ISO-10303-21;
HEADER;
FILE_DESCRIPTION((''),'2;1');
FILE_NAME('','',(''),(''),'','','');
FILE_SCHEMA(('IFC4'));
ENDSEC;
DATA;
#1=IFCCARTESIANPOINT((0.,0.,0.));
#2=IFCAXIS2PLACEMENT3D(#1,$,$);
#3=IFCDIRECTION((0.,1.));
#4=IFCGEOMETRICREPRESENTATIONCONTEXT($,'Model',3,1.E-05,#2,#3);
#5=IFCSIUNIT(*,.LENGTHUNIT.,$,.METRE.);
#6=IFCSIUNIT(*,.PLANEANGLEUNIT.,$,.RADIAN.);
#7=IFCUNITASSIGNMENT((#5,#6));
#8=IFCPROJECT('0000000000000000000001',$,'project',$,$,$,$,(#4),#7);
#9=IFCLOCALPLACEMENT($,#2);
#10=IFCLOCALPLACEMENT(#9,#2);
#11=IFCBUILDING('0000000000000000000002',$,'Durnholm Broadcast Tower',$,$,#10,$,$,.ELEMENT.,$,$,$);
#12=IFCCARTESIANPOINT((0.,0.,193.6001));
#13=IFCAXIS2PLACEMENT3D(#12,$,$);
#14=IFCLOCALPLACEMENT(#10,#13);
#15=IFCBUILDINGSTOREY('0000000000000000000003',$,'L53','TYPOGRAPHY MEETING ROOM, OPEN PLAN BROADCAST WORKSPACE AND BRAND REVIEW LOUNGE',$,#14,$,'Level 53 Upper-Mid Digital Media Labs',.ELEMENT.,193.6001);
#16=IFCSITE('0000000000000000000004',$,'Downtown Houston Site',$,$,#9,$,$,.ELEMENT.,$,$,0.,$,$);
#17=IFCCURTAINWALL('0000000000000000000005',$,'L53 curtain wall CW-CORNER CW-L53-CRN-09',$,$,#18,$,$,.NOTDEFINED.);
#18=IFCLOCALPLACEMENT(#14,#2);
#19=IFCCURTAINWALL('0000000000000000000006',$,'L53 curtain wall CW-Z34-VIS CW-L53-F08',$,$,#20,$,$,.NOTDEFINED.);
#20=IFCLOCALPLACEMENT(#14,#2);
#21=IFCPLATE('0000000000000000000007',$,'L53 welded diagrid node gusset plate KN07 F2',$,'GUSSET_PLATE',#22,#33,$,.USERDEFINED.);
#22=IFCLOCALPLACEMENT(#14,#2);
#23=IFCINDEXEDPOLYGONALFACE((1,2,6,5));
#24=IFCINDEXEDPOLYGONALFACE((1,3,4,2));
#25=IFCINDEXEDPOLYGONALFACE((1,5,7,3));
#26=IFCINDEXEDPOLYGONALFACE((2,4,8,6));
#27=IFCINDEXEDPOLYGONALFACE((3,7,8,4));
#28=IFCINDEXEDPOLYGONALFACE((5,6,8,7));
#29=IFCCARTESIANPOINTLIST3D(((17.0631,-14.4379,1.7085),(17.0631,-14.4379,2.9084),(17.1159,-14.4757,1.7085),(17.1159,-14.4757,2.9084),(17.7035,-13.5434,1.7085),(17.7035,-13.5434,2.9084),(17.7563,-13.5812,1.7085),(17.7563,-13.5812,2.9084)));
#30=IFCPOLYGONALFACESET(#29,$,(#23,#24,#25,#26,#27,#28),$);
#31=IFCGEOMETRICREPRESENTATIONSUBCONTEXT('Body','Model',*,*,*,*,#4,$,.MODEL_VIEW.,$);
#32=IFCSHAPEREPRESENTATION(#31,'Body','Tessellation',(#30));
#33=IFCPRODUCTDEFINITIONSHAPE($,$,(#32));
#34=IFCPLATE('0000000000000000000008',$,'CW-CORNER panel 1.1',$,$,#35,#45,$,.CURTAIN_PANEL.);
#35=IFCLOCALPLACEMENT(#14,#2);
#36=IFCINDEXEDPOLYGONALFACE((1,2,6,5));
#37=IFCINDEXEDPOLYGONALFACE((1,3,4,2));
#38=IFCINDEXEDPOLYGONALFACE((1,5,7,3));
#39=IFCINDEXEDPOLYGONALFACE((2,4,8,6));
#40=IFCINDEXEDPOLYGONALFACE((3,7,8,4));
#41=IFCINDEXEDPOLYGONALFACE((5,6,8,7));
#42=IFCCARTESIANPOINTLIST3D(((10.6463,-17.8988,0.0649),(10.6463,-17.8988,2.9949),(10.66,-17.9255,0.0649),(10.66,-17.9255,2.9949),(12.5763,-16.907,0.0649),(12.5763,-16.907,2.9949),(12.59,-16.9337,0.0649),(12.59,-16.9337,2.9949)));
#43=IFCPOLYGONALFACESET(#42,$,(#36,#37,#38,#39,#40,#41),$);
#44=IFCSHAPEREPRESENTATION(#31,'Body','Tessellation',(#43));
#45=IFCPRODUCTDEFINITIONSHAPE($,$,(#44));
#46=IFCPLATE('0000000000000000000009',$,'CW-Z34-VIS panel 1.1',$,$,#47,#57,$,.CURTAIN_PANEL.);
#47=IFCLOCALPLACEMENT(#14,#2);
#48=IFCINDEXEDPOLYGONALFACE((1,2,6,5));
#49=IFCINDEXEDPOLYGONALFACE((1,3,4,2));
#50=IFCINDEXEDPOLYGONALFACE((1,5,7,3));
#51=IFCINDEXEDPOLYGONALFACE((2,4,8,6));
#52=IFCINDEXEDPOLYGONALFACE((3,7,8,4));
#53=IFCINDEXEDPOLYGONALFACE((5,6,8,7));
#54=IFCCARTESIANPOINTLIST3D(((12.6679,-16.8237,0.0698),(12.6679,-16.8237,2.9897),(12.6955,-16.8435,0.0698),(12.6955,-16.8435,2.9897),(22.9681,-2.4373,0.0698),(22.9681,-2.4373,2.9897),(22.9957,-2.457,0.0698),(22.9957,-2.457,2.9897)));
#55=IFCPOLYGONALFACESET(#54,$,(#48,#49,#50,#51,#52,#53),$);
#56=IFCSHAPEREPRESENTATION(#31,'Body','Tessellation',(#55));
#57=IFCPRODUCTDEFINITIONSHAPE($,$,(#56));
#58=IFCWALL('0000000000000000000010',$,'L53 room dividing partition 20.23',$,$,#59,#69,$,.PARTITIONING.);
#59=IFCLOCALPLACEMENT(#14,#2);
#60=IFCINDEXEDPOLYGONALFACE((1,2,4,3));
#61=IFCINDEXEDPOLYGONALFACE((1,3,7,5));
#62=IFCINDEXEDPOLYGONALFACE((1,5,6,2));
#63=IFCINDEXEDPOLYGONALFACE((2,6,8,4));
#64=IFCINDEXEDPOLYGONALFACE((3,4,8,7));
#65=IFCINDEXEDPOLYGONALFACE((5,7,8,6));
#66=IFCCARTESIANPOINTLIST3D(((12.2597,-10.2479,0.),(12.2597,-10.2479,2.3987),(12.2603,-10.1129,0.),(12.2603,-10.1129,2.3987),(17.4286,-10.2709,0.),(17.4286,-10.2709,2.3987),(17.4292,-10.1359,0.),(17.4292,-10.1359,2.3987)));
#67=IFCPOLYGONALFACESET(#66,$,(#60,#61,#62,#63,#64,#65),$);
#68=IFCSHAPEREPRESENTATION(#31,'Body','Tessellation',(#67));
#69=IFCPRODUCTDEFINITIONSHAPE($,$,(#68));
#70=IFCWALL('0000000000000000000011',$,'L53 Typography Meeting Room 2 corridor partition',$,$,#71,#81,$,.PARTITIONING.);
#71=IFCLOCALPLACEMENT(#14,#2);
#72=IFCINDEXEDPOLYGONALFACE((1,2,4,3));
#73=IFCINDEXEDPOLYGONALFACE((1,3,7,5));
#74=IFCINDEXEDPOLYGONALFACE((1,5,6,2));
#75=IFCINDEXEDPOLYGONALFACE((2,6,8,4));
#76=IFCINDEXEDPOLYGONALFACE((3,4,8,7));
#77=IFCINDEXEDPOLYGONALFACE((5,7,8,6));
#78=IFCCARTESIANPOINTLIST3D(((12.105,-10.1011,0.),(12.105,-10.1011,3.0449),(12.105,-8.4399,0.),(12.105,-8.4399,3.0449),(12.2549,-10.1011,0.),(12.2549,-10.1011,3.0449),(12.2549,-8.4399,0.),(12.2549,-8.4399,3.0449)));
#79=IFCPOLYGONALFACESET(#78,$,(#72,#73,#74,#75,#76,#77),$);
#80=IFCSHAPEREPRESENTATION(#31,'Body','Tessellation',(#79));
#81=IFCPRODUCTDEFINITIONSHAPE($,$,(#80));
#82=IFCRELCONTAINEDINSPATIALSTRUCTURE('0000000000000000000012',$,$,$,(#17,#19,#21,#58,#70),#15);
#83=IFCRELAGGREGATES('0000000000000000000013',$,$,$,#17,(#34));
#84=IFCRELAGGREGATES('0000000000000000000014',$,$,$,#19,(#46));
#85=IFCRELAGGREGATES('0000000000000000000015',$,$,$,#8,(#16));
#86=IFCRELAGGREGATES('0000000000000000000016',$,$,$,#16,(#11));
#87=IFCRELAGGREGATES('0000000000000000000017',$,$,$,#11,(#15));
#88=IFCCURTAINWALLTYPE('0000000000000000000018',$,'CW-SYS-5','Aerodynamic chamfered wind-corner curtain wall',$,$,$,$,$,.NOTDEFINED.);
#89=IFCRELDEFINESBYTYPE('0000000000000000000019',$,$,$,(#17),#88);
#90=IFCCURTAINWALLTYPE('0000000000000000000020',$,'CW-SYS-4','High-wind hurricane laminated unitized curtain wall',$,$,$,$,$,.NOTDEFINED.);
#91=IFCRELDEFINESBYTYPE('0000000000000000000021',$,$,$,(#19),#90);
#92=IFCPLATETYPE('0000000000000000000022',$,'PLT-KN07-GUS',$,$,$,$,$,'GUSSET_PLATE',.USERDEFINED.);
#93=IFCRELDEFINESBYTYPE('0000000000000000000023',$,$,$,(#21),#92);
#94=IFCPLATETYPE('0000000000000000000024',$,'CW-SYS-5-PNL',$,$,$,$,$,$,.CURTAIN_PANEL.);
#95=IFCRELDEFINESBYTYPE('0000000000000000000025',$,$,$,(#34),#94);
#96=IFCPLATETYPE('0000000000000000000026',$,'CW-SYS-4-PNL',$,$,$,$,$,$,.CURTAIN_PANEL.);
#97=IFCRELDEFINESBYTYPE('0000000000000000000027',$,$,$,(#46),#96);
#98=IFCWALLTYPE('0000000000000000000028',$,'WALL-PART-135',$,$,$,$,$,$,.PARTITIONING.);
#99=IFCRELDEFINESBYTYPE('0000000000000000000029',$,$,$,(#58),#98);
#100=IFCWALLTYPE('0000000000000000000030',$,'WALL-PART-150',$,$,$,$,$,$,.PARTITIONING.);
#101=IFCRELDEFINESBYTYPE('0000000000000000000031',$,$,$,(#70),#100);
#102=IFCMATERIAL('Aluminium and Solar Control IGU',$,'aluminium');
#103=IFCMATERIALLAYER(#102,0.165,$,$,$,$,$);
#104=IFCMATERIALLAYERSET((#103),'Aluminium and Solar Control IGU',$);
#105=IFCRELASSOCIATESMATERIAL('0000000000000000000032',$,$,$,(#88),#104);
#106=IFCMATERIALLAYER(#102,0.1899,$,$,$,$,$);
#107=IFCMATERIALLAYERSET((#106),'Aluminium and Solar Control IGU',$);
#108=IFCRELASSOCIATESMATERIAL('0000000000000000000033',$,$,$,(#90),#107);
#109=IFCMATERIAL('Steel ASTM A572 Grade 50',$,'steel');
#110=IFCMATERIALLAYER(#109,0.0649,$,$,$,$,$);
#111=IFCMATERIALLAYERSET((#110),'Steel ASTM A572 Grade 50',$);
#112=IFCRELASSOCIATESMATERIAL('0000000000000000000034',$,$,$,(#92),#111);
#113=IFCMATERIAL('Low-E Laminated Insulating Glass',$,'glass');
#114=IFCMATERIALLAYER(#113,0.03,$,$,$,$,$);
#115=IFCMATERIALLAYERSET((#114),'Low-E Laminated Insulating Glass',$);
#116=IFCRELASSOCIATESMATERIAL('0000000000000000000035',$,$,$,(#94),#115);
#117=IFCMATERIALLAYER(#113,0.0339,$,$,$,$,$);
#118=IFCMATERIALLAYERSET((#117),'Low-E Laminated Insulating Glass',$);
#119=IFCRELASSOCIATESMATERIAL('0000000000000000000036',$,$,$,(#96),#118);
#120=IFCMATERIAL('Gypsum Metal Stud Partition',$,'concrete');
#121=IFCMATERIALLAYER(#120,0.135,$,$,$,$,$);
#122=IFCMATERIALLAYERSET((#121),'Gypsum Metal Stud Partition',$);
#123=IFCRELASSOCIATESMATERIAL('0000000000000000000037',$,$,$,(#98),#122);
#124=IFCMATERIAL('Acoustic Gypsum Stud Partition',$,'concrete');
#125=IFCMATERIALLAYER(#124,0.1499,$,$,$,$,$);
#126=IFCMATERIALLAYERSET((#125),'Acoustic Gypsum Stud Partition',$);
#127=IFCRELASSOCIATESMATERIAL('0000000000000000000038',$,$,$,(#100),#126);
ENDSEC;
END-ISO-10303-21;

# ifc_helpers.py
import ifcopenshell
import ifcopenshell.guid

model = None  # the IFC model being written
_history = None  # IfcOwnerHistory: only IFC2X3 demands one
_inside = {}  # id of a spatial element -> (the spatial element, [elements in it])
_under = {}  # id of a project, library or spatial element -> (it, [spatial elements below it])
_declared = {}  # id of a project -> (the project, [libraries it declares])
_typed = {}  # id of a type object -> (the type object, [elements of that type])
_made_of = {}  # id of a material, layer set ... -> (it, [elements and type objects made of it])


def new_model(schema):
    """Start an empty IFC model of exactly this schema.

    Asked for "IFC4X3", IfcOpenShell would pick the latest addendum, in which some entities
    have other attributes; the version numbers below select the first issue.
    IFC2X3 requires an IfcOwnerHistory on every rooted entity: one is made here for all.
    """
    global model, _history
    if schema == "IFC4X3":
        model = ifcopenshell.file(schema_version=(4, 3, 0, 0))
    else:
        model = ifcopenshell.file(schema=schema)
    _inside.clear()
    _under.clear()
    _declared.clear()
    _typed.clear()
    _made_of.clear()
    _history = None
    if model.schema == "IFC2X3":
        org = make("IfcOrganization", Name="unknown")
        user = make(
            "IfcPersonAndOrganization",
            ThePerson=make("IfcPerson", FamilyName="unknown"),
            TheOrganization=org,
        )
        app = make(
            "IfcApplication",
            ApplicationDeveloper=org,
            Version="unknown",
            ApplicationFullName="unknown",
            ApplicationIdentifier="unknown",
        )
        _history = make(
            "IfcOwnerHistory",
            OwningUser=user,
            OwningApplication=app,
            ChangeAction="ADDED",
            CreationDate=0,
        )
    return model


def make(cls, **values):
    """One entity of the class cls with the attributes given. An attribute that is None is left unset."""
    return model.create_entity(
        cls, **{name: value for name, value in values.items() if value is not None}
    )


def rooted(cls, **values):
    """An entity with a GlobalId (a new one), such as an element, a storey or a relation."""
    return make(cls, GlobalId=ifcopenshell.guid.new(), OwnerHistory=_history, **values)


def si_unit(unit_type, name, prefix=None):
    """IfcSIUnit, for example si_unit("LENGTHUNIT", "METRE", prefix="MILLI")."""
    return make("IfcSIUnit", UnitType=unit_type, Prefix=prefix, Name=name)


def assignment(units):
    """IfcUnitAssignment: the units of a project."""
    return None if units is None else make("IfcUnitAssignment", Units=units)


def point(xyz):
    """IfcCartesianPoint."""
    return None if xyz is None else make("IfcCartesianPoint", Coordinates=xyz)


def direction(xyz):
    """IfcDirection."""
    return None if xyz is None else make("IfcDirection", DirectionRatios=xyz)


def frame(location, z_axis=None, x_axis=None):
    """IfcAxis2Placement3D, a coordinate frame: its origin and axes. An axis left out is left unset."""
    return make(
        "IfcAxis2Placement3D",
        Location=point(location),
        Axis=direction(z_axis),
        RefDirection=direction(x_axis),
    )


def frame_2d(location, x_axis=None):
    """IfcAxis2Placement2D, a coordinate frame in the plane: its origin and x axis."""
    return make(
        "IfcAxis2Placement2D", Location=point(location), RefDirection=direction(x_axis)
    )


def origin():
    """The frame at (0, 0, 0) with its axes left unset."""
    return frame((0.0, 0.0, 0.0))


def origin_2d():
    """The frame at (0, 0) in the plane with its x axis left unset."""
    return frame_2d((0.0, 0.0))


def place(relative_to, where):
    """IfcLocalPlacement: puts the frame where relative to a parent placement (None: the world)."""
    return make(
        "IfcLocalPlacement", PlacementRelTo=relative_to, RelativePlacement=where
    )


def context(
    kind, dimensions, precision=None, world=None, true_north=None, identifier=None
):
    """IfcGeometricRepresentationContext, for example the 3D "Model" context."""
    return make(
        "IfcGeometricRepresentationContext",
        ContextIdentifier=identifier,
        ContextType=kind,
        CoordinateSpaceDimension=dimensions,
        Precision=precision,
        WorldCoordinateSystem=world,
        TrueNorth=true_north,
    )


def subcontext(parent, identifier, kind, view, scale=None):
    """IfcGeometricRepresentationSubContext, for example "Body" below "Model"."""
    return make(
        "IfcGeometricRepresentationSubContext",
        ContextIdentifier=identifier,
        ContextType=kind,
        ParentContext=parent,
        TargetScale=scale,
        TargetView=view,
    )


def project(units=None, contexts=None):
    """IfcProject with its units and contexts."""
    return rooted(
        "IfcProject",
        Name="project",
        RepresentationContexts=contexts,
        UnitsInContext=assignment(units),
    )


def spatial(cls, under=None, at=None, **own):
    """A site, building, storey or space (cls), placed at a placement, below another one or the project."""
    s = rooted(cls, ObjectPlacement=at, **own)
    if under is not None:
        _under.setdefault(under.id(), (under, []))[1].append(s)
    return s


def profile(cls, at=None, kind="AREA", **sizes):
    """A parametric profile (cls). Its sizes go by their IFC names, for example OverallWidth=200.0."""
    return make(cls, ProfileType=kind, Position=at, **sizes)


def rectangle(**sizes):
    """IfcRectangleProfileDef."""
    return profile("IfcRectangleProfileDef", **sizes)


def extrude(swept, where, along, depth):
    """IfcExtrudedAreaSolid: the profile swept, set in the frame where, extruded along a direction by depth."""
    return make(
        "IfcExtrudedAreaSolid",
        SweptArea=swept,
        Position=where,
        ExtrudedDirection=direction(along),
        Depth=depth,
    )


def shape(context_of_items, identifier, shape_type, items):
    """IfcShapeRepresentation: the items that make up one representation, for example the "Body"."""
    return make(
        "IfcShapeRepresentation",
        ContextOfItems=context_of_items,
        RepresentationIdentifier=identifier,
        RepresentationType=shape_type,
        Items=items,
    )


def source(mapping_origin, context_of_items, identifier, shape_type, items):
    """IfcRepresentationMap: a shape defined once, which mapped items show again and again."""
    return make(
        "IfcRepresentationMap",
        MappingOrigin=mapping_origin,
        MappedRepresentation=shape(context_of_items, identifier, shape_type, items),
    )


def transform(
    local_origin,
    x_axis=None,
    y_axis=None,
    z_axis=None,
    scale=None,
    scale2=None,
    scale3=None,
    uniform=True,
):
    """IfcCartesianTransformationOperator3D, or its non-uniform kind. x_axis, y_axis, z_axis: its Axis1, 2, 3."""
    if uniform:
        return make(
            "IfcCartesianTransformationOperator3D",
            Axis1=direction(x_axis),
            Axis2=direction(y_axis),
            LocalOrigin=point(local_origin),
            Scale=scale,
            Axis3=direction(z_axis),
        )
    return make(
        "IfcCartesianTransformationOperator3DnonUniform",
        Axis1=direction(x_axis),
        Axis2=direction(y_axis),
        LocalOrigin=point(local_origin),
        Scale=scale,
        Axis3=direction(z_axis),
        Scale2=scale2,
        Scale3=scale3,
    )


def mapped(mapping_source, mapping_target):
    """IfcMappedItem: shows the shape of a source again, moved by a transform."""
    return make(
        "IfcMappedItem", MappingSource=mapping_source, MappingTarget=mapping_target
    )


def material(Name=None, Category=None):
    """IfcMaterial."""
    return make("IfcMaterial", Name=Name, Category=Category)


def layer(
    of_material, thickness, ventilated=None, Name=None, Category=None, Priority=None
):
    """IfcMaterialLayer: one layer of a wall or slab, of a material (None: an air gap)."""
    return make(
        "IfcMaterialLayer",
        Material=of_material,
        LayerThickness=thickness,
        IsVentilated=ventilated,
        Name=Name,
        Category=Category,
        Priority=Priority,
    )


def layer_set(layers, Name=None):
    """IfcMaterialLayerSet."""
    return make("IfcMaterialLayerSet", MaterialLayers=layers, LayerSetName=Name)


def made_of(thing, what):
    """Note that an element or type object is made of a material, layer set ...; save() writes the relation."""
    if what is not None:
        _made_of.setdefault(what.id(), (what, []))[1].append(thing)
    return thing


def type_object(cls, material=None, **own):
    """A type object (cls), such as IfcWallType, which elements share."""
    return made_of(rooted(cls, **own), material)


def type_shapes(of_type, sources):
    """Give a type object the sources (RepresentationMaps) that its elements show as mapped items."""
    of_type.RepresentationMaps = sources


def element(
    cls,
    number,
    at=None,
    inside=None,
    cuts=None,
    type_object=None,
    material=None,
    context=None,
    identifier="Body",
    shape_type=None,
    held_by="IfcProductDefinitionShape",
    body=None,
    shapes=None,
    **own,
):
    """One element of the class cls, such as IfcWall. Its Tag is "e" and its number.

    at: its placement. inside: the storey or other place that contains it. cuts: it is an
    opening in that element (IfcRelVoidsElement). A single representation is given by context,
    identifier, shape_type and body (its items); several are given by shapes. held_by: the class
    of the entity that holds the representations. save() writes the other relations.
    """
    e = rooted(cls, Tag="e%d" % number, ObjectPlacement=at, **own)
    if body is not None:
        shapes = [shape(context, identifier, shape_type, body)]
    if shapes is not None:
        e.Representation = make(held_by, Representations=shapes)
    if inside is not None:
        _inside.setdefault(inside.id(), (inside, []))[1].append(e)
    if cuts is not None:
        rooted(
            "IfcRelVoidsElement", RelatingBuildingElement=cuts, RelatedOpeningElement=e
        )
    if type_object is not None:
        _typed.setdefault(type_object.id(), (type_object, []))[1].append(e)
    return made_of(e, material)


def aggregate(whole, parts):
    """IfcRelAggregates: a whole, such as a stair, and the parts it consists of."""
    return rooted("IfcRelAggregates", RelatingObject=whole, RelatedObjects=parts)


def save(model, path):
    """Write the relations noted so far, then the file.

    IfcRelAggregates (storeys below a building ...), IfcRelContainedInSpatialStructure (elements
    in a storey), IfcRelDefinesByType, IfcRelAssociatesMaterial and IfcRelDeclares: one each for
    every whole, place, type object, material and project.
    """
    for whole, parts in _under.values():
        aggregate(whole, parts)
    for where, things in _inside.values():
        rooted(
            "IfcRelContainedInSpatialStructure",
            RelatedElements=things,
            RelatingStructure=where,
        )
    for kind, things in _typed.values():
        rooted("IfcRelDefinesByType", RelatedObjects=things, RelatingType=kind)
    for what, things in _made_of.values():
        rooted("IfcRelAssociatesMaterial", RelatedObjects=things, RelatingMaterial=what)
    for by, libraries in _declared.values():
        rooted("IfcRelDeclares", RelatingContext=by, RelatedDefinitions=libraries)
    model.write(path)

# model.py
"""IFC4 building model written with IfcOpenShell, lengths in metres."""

from ifc_helpers import new_model, si_unit, direction, frame, frame_2d, origin, origin_2d, place, context, subcontext, project, spatial, rectangle, extrude, source, transform, mapped, material, layer, layer_set, type_object, type_shapes, element, aggregate, save


model = new_model("IFC4")

# Units and contexts
model_context = context("Model", 3, precision=1e-05, world=origin(), true_north=direction((0.0, 1.0)))
body_context = subcontext(model_context, "Body", "Model", "MODEL_VIEW")
ifc_project = project(units=[si_unit("LENGTHUNIT", "METRE"), si_unit("PLANEANGLEUNIT", "RADIAN")], contexts=[model_context])

# Site, building, storey
site_placement = place(None, origin())
site = spatial("IfcSite", under=ifc_project, at=site_placement, Name="Downtown Houston Site", CompositionType="ELEMENT", RefElevation=0.0)
building_placement = place(site_placement, origin())
building = spatial("IfcBuilding", under=site, at=building_placement, Name="Durnholm Broadcast Tower", CompositionType="ELEMENT")
storey_placement = place(building_placement, frame((0.0, 0.0, 193.6001)))
storey = spatial("IfcBuildingStorey", under=building, at=storey_placement, Name="L53", Description="TYPOGRAPHY MEETING ROOM, OPEN PLAN BROADCAST WORKSPACE AND BRAND REVIEW LOUNGE", LongName="Level 53 Upper-Mid Digital Media Labs", CompositionType="ELEMENT", Elevation=193.6001)

# Curtain wall
ifc_material_1 = material(Name="Aluminium and Solar Control IGU", Category="aluminium")
ifc_layer_1 = layer(ifc_material_1, 0.165)
ifc_layer_set_1 = layer_set([ifc_layer_1], Name="Aluminium and Solar Control IGU")
curtain_wall_type_1 = type_object("IfcCurtainWallType", Name="CW-SYS-5", Description="Aerodynamic chamfered wind-corner curtain wall", PredefinedType="NOTDEFINED", material=ifc_layer_set_1)
curtain_wall_1_placement = place(storey_placement, origin())
curtain_wall_1 = element("IfcCurtainWall", 1, at=curtain_wall_1_placement, inside=storey, type_object=curtain_wall_type_1, Name="L53 curtain wall CW-CORNER CW-L53-CRN-09", PredefinedType="NOTDEFINED")

# Curtain wall
ifc_layer_2 = layer(ifc_material_1, 0.1899)
ifc_layer_set_2 = layer_set([ifc_layer_2], Name="Aluminium and Solar Control IGU")
curtain_wall_type_2 = type_object("IfcCurtainWallType", Name="CW-SYS-4", Description="High-wind hurricane laminated unitized curtain wall", PredefinedType="NOTDEFINED", material=ifc_layer_set_2)
curtain_wall_2_placement = place(storey_placement, origin())
curtain_wall_2 = element("IfcCurtainWall", 2, at=curtain_wall_2_placement, inside=storey, type_object=curtain_wall_type_2, Name="L53 curtain wall CW-Z34-VIS CW-L53-F08", PredefinedType="NOTDEFINED")

# Plate
ifc_material_2 = material(Name="Steel ASTM A572 Grade 50", Category="steel")
ifc_layer_3 = layer(ifc_material_2, 0.0649)
ifc_layer_set_3 = layer_set([ifc_layer_3], Name="Steel ASTM A572 Grade 50")
plate_type_1 = type_object("IfcPlateType", Name="PLT-KN07-GUS", ElementType="GUSSET_PLATE", PredefinedType="USERDEFINED", material=ifc_layer_set_3)
shared_shape_1 = source(origin(), body_context, "Body", "SweptSolid", [
    extrude(rectangle(XDim=1.1001, YDim=0.0649, at=origin_2d()), origin(), (0.0, 0.0, 1.0), 1.2),
])
type_shapes(plate_type_1, [shared_shape_1])
plate_1_placement = place(storey_placement, frame((17.4097, -14.0095, 1.7085), z_axis=(0.0, 0.0, 1.0), x_axis=(0.582123, 0.813101, 0.0)))
element("IfcPlate", 3, at=plate_1_placement, inside=storey, type_object=plate_type_1, Name="L53 welded diagrid node gusset plate KN07 F2", ObjectType="GUSSET_PLATE", PredefinedType="USERDEFINED", context=body_context, shape_type="MappedRepresentation", body=[
    mapped(shared_shape_1, transform((0.0, 0.0, 0.0), x_axis=(1.0, 0.0, 0.0), y_axis=(0.0, 1.0, 0.0), z_axis=(0.0, 0.0, 1.0), scale=1.0)),
])

# Plates
ifc_material_3 = material(Name="Low-E Laminated Insulating Glass", Category="glass")
ifc_layer_4 = layer(ifc_material_3, 0.03)
ifc_layer_set_4 = layer_set([ifc_layer_4], Name="Low-E Laminated Insulating Glass")
plate_type_2 = type_object("IfcPlateType", Name="CW-SYS-5-PNL", PredefinedType="CURTAIN_PANEL", material=ifc_layer_set_4)
shared_shape_2 = source(origin(), body_context, "Body", "SweptSolid", [
    extrude(rectangle(XDim=2.1699, YDim=0.03, at=origin_2d()), origin(), (0.0, 0.0, 1.0), 2.9299),
])
type_shapes(plate_type_2, [shared_shape_2])
plate_2_placement = place(storey_placement, frame((11.6182, -17.4163, 0.0649), z_axis=(0.0, 0.0, 1.0), x_axis=(-0.889425, -0.457082, 0.0)))
plate_2 = element("IfcPlate", 4, at=plate_2_placement, type_object=plate_type_2, Name="CW-CORNER panel 1.1", PredefinedType="CURTAIN_PANEL", context=body_context, shape_type="MappedRepresentation", body=[
    mapped(shared_shape_2, transform((0.0, 0.0, 0.0), x_axis=(1.0, 0.0, 0.0), y_axis=(0.0, 1.0, 0.0), z_axis=(0.0, 0.0, 1.0), scale=1.0)),
])
aggregate(curtain_wall_1, [plate_2])
ifc_layer_5 = layer(ifc_material_3, 0.0339)
ifc_layer_set_5 = layer_set([ifc_layer_5], Name="Low-E Laminated Insulating Glass")
plate_type_3 = type_object("IfcPlateType", Name="CW-SYS-4-PNL", PredefinedType="CURTAIN_PANEL", material=ifc_layer_set_5)
shared_shape_3 = source(origin(), body_context, "Body", "SweptSolid", [
    extrude(rectangle(XDim=17.6936, YDim=0.0339, at=origin_2d()), origin(), (0.0, 0.0, 1.0), 2.9199),
])
type_shapes(plate_type_3, [shared_shape_3])
plate_3_placement = place(storey_placement, frame((17.8318, -9.6404, 0.0698), z_axis=(0.0, 0.0, 1.0), x_axis=(-0.582139, -0.813089, 0.0)))
plate_3 = element("IfcPlate", 5, at=plate_3_placement, type_object=plate_type_3, Name="CW-Z34-VIS panel 1.1", PredefinedType="CURTAIN_PANEL", context=body_context, shape_type="MappedRepresentation", body=[
    mapped(shared_shape_3, transform((0.0, 0.0, 0.0), x_axis=(1.0, 0.0, 0.0), y_axis=(0.0, 1.0, 0.0), z_axis=(0.0, 0.0, 1.0), scale=1.0)),
])
aggregate(curtain_wall_2, [plate_3])

# Walls
ifc_material_4 = material(Name="Gypsum Metal Stud Partition", Category="concrete")
ifc_layer_6 = layer(ifc_material_4, 0.135)
ifc_layer_set_6 = layer_set([ifc_layer_6], Name="Gypsum Metal Stud Partition")
wall_type_1 = type_object("IfcWallType", Name="WALL-PART-135", PredefinedType="PARTITIONING", material=ifc_layer_set_6)
wall_1_placement = place(storey_placement, frame((12.26, -10.1804, 0.0), z_axis=(0.0, 0.0, 1.0), x_axis=(0.99999, -0.00444, 0.0)))
element("IfcWall", 6, at=wall_1_placement, inside=storey, type_object=wall_type_1, Name="L53 room dividing partition 20.23", PredefinedType="PARTITIONING", context=body_context, shape_type="SweptSolid", body=[
    extrude(rectangle(XDim=5.1689, YDim=0.135, at=frame_2d((2.5845, 0.0))), origin(), (0.0, 0.0, 1.0), 2.3987),
])
ifc_material_5 = material(Name="Acoustic Gypsum Stud Partition", Category="concrete")
ifc_layer_7 = layer(ifc_material_5, 0.1499)
ifc_layer_set_7 = layer_set([ifc_layer_7], Name="Acoustic Gypsum Stud Partition")
wall_type_2 = type_object("IfcWallType", Name="WALL-PART-150", PredefinedType="PARTITIONING", material=ifc_layer_set_7)
wall_2_placement = place(storey_placement, frame((12.1799, -10.1011, 0.0), z_axis=(0.0, 0.0, 1.0), x_axis=(0.0, 1.0, 0.0)))
element("IfcWall", 7, at=wall_2_placement, inside=storey, type_object=wall_type_2, Name="L53 Typography Meeting Room 2 corridor partition", PredefinedType="PARTITIONING", context=body_context, shape_type="SweptSolid", body=[
    extrude(rectangle(XDim=1.6611, YDim=0.1499, at=frame_2d((0.8306, 0.0))), origin(), (0.0, 0.0, 1.0), 3.0449),
])

save(model, "model.ifc")
